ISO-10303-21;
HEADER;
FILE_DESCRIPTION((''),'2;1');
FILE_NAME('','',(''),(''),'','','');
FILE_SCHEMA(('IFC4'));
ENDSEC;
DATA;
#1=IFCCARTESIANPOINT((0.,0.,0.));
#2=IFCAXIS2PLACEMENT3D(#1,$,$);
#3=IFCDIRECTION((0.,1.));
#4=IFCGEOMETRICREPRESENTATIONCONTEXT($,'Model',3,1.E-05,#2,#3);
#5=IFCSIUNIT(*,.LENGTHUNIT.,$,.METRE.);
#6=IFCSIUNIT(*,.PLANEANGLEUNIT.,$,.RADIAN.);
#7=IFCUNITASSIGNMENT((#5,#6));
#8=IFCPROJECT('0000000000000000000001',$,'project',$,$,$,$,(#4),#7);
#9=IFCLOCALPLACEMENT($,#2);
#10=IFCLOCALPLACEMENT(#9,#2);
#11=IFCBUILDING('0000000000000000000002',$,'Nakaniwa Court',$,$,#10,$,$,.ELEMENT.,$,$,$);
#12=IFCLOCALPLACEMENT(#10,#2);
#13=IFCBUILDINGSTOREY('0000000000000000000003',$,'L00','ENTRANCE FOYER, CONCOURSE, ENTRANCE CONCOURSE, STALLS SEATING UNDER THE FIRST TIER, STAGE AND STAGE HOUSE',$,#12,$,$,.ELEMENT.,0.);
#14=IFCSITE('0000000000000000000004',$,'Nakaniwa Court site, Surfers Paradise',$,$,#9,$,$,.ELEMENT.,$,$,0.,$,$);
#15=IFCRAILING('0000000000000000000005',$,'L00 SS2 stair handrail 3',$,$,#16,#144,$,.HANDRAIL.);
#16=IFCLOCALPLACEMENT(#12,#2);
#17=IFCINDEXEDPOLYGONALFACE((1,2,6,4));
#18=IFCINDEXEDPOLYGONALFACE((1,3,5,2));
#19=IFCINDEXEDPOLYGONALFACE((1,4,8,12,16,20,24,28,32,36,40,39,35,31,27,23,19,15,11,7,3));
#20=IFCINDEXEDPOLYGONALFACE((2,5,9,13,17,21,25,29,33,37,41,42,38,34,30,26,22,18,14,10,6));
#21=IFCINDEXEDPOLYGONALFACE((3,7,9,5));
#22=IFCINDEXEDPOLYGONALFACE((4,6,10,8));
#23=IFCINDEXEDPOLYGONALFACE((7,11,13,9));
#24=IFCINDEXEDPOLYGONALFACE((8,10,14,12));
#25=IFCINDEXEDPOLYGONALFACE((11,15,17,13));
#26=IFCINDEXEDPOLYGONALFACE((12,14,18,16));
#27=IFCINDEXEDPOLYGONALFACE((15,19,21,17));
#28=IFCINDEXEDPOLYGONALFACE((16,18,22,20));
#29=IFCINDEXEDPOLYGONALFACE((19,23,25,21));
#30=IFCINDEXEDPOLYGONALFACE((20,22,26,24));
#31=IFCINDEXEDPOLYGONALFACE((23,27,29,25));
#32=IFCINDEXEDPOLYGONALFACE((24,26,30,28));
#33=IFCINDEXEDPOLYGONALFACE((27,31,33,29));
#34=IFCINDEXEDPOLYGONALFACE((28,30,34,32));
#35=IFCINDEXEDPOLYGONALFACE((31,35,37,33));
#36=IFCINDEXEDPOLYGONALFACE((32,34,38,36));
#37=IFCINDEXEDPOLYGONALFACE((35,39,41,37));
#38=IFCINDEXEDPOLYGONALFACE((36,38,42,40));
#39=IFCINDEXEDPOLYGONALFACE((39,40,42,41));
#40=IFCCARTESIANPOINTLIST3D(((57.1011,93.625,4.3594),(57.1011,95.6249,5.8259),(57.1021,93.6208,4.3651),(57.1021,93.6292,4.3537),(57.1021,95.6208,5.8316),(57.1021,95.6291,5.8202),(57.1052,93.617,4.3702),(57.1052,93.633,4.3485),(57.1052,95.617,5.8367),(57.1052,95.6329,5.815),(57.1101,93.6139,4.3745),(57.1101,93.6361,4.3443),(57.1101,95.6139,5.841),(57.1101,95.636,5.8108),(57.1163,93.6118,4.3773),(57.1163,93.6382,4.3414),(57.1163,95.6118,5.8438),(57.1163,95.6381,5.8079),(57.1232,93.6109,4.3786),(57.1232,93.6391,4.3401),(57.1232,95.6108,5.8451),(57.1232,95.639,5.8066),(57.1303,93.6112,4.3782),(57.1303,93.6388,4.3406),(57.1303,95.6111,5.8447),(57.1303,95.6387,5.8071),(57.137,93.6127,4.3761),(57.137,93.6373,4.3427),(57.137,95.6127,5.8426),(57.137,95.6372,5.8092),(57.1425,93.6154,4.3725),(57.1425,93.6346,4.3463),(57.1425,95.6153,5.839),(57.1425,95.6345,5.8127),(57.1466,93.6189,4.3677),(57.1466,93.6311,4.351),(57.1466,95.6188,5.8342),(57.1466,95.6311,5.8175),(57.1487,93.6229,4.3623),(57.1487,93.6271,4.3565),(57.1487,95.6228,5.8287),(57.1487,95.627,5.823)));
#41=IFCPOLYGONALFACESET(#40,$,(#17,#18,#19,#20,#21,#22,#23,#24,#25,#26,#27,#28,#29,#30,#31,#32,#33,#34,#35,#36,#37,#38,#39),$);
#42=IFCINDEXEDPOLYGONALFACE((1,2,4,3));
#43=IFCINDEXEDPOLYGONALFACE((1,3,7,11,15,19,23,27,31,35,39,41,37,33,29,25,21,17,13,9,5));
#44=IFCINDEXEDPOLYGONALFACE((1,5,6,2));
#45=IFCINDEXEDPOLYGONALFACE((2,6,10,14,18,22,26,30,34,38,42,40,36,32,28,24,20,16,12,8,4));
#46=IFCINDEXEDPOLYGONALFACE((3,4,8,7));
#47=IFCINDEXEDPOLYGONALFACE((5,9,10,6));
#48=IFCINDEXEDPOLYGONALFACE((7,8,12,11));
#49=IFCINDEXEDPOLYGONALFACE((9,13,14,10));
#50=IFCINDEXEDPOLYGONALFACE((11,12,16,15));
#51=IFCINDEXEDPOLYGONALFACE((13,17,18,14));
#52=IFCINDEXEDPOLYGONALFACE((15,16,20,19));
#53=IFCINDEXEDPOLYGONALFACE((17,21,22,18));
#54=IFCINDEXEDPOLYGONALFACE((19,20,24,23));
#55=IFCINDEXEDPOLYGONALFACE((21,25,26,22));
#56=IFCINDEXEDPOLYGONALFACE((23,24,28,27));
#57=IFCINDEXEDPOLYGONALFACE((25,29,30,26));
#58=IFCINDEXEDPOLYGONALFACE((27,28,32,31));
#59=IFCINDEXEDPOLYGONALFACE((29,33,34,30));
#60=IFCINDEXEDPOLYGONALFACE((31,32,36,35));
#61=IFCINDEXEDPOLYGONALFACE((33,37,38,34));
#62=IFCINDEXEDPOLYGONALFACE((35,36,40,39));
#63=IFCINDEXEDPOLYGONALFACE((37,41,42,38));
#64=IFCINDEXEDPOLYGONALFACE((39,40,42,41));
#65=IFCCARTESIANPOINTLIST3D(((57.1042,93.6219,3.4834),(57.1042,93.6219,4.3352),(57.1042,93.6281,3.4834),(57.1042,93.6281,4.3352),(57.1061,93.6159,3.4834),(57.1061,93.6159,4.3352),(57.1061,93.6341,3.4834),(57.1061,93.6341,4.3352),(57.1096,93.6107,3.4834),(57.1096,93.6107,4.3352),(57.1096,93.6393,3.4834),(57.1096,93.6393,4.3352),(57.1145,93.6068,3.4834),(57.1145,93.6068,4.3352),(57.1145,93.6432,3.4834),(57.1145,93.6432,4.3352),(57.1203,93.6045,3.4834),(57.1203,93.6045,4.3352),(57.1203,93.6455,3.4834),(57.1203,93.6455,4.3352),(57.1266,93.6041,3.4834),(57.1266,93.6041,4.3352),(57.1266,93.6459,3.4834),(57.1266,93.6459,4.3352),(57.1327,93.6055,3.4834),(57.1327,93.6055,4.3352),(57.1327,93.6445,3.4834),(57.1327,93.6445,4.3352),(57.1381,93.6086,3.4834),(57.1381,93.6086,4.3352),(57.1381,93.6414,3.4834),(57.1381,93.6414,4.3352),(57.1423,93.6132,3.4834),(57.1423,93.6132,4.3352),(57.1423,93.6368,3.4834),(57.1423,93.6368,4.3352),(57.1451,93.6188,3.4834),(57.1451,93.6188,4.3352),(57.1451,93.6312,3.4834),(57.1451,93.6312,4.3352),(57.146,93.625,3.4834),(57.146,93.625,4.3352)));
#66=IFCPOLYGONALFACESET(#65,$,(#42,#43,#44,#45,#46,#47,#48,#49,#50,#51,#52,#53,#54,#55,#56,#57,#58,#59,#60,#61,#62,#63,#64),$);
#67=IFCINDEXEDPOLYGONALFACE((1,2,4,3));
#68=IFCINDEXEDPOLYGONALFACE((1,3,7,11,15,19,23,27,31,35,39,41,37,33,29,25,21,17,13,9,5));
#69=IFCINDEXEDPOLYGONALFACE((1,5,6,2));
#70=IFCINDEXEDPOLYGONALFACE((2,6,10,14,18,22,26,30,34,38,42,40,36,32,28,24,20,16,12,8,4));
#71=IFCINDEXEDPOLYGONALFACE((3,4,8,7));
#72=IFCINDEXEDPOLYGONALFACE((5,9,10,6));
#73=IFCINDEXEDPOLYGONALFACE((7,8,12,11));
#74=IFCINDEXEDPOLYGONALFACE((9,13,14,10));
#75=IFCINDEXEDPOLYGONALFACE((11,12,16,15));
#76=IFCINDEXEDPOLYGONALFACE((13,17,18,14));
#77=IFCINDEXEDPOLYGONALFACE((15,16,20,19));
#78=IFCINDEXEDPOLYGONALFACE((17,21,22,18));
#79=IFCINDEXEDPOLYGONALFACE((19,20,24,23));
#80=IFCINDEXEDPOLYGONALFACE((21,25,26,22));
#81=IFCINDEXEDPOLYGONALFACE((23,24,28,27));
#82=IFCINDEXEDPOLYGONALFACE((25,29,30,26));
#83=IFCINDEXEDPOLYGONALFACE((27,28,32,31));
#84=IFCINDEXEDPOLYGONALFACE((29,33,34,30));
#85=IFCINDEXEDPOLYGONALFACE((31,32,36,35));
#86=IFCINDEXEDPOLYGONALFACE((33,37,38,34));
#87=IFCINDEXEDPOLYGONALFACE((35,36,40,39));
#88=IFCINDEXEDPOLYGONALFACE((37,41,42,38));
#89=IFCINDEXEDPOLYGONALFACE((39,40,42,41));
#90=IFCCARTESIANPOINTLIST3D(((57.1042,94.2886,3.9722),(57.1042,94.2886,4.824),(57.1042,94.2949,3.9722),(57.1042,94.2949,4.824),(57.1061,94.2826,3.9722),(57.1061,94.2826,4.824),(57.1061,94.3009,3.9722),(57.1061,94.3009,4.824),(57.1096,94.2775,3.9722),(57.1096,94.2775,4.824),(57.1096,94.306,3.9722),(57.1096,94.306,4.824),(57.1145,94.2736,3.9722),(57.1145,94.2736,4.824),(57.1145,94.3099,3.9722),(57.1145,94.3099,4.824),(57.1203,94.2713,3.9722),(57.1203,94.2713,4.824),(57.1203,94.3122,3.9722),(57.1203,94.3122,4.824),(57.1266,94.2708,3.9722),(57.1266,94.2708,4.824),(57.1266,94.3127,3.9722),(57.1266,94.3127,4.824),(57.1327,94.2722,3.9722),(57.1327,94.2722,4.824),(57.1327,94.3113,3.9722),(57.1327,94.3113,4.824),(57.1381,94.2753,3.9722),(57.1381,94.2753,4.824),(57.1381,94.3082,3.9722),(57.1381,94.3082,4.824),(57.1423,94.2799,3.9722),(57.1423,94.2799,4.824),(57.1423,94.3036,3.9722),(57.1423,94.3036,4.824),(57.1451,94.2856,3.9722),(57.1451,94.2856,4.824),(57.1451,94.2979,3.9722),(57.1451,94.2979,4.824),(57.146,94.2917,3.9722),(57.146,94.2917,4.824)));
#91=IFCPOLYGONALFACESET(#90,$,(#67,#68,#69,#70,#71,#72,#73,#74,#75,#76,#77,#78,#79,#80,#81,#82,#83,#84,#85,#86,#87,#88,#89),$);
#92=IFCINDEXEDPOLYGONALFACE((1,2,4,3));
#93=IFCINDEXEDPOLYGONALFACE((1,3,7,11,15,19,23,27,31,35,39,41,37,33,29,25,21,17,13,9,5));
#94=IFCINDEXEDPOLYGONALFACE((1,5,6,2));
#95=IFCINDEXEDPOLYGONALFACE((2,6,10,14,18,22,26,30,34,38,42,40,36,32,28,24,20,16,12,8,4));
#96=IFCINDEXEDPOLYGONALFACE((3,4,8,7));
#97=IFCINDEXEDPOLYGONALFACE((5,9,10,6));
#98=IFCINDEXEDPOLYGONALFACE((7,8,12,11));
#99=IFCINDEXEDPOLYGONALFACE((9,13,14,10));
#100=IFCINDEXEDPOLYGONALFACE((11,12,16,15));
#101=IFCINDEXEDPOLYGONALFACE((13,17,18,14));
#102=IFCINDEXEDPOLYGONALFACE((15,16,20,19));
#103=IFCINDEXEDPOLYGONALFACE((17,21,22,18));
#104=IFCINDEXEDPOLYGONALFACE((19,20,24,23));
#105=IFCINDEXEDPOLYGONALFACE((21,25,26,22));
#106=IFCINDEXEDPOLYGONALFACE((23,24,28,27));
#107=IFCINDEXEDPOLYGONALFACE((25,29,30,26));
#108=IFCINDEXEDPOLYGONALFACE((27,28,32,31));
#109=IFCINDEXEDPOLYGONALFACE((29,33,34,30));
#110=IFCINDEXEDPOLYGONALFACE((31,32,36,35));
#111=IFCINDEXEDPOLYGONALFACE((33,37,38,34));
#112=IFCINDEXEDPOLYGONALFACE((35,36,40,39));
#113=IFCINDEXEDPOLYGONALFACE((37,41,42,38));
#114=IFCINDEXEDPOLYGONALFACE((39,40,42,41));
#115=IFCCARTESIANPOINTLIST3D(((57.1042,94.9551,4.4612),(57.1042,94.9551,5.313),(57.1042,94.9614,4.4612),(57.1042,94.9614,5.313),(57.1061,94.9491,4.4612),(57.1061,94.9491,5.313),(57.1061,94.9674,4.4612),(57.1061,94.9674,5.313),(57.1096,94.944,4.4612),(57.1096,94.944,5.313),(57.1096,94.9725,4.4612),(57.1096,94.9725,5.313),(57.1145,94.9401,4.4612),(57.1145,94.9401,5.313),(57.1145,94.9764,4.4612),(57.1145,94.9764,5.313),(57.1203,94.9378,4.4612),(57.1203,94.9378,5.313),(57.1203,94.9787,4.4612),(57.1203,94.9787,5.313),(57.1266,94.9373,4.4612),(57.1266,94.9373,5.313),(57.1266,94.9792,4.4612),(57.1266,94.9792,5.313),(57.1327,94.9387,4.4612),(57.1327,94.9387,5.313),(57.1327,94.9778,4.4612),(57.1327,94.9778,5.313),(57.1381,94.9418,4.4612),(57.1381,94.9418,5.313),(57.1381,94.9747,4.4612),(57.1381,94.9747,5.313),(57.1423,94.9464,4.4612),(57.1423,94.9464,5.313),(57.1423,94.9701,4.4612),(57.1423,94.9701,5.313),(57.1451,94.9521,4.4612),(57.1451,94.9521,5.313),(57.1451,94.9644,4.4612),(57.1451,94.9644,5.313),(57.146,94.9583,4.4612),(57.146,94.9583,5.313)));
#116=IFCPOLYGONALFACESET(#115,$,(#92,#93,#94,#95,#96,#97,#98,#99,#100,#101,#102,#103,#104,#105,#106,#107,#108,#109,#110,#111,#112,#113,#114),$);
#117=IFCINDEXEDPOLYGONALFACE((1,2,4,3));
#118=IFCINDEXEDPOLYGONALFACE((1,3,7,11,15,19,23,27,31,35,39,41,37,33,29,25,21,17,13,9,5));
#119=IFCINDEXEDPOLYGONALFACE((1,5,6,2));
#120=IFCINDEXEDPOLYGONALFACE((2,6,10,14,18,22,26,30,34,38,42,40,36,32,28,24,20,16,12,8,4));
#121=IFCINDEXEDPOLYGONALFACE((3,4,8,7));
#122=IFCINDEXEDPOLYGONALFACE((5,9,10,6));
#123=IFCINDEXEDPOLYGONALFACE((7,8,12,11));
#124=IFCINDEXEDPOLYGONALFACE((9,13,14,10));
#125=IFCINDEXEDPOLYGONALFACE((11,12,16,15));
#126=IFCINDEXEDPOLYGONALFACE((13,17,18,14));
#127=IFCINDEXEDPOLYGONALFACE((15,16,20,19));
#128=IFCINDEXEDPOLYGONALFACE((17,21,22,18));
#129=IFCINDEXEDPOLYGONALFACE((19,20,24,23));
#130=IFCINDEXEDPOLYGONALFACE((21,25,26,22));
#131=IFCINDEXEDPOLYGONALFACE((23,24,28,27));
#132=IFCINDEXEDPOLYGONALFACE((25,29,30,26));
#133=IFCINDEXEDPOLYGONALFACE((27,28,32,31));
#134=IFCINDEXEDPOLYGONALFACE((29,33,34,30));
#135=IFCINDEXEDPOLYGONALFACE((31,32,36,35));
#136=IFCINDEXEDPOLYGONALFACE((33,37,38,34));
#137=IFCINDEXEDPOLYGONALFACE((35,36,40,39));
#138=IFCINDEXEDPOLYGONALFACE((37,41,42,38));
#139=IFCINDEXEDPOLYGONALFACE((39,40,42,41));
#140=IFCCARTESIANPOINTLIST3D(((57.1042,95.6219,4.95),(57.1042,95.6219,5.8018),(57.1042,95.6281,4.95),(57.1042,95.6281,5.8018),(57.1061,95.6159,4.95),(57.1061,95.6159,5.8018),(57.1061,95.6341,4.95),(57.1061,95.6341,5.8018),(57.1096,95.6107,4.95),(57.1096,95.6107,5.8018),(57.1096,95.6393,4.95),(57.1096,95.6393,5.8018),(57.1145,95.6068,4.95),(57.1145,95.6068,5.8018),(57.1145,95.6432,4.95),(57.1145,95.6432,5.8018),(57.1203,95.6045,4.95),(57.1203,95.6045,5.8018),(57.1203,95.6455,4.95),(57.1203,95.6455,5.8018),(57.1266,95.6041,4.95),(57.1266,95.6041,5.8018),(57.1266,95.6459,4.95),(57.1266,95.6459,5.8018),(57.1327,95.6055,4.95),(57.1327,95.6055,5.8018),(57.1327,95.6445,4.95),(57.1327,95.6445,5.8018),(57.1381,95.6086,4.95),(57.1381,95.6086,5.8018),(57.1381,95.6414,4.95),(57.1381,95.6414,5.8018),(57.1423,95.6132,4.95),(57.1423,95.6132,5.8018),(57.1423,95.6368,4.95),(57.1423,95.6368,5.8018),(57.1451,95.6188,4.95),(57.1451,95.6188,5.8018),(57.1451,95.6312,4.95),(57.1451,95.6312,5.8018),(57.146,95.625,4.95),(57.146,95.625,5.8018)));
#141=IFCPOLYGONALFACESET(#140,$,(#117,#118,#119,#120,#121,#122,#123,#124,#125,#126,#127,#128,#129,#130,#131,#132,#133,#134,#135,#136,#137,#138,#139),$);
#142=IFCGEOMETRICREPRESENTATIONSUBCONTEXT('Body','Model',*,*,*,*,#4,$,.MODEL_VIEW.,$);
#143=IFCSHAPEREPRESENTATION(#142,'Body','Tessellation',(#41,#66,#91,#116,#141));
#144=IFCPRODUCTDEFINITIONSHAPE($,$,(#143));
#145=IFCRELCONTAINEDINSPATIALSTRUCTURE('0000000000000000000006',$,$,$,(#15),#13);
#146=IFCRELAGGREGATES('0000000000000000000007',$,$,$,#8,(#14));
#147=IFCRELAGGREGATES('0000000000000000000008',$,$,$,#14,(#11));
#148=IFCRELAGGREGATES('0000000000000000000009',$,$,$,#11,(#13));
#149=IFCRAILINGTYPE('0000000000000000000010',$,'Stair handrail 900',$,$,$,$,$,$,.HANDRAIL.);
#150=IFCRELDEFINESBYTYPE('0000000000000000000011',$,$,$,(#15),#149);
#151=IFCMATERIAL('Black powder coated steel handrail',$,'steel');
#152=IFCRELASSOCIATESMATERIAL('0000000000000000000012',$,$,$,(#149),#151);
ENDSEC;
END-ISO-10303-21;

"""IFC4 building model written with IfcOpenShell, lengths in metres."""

from ifc_helpers import new_model, si_unit, direction, frame, origin, origin_2d, place, context, subcontext, project, spatial, circle, extrude, material, type_object, element, save


model = new_model("IFC4")

# Units and contexts
model_context = context("Model", 3, precision=1e-05, world=origin(), true_north=direction((0.0, 1.0)))
body_context = subcontext(model_context, "Body", "Model", "MODEL_VIEW")
ifc_project = project(units=[si_unit("LENGTHUNIT", "METRE"), si_unit("PLANEANGLEUNIT", "RADIAN")], contexts=[model_context])

# Site, building, storey
site_placement = place(None, origin())
site = spatial("IfcSite", under=ifc_project, at=site_placement, Name="Nakaniwa Court site, Surfers Paradise", CompositionType="ELEMENT", RefElevation=0.0)
building_placement = place(site_placement, origin())
building = spatial("IfcBuilding", under=site, at=building_placement, Name="Nakaniwa Court", CompositionType="ELEMENT")
storey_placement = place(building_placement, origin())
storey = spatial("IfcBuildingStorey", under=building, at=storey_placement, Name="L00", Description="ENTRANCE FOYER, CONCOURSE, ENTRANCE CONCOURSE, STALLS SEATING UNDER THE FIRST TIER, STAGE AND STAGE HOUSE", CompositionType="ELEMENT", Elevation=0.0)

# Railing
ifc_material_1 = material(Name="Black powder coated steel handrail", Category="steel")
railing_type = type_object("IfcRailingType", Name="Stair handrail 900", PredefinedType="HANDRAIL", material=ifc_material_1)
for number, where, name in (
    (1, (57.125, 93.625, 3.4834), "L00 SS2 stair handrail 3"),
):
    element("IfcRailing", number, at=place(storey_placement, frame(where)), inside=storey, type_object=railing_type, Name=name, PredefinedType="HANDRAIL", context=body_context, shape_type="SweptSolid", body=[
        extrude(circle(Radius=0.0239, at=origin_2d()), frame((0.0, 0.0, 0.876), z_axis=(0.0, 0.806427, 0.591334), x_axis=(-1.0, 0.0, 0.0)), (0.0, 0.0, 1.0), 2.48),
        extrude(circle(Radius=0.021, at=origin_2d()), origin(), (0.0, 0.0, 1.0), 0.8518),
        extrude(circle(Radius=0.021, at=origin_2d()), frame((0.0, 0.6667, 0.4888)), (0.0, 0.0, 1.0), 0.8518),
        extrude(circle(Radius=0.021, at=origin_2d()), frame((0.0, 1.3333, 0.9778)), (0.0, 0.0, 1.0), 0.8518),
        extrude(circle(Radius=0.021, at=origin_2d()), frame((0.0, 2.0, 1.4666)), (0.0, 0.0, 1.0), 0.8518),
    ])

save(model, "model.ifc")
